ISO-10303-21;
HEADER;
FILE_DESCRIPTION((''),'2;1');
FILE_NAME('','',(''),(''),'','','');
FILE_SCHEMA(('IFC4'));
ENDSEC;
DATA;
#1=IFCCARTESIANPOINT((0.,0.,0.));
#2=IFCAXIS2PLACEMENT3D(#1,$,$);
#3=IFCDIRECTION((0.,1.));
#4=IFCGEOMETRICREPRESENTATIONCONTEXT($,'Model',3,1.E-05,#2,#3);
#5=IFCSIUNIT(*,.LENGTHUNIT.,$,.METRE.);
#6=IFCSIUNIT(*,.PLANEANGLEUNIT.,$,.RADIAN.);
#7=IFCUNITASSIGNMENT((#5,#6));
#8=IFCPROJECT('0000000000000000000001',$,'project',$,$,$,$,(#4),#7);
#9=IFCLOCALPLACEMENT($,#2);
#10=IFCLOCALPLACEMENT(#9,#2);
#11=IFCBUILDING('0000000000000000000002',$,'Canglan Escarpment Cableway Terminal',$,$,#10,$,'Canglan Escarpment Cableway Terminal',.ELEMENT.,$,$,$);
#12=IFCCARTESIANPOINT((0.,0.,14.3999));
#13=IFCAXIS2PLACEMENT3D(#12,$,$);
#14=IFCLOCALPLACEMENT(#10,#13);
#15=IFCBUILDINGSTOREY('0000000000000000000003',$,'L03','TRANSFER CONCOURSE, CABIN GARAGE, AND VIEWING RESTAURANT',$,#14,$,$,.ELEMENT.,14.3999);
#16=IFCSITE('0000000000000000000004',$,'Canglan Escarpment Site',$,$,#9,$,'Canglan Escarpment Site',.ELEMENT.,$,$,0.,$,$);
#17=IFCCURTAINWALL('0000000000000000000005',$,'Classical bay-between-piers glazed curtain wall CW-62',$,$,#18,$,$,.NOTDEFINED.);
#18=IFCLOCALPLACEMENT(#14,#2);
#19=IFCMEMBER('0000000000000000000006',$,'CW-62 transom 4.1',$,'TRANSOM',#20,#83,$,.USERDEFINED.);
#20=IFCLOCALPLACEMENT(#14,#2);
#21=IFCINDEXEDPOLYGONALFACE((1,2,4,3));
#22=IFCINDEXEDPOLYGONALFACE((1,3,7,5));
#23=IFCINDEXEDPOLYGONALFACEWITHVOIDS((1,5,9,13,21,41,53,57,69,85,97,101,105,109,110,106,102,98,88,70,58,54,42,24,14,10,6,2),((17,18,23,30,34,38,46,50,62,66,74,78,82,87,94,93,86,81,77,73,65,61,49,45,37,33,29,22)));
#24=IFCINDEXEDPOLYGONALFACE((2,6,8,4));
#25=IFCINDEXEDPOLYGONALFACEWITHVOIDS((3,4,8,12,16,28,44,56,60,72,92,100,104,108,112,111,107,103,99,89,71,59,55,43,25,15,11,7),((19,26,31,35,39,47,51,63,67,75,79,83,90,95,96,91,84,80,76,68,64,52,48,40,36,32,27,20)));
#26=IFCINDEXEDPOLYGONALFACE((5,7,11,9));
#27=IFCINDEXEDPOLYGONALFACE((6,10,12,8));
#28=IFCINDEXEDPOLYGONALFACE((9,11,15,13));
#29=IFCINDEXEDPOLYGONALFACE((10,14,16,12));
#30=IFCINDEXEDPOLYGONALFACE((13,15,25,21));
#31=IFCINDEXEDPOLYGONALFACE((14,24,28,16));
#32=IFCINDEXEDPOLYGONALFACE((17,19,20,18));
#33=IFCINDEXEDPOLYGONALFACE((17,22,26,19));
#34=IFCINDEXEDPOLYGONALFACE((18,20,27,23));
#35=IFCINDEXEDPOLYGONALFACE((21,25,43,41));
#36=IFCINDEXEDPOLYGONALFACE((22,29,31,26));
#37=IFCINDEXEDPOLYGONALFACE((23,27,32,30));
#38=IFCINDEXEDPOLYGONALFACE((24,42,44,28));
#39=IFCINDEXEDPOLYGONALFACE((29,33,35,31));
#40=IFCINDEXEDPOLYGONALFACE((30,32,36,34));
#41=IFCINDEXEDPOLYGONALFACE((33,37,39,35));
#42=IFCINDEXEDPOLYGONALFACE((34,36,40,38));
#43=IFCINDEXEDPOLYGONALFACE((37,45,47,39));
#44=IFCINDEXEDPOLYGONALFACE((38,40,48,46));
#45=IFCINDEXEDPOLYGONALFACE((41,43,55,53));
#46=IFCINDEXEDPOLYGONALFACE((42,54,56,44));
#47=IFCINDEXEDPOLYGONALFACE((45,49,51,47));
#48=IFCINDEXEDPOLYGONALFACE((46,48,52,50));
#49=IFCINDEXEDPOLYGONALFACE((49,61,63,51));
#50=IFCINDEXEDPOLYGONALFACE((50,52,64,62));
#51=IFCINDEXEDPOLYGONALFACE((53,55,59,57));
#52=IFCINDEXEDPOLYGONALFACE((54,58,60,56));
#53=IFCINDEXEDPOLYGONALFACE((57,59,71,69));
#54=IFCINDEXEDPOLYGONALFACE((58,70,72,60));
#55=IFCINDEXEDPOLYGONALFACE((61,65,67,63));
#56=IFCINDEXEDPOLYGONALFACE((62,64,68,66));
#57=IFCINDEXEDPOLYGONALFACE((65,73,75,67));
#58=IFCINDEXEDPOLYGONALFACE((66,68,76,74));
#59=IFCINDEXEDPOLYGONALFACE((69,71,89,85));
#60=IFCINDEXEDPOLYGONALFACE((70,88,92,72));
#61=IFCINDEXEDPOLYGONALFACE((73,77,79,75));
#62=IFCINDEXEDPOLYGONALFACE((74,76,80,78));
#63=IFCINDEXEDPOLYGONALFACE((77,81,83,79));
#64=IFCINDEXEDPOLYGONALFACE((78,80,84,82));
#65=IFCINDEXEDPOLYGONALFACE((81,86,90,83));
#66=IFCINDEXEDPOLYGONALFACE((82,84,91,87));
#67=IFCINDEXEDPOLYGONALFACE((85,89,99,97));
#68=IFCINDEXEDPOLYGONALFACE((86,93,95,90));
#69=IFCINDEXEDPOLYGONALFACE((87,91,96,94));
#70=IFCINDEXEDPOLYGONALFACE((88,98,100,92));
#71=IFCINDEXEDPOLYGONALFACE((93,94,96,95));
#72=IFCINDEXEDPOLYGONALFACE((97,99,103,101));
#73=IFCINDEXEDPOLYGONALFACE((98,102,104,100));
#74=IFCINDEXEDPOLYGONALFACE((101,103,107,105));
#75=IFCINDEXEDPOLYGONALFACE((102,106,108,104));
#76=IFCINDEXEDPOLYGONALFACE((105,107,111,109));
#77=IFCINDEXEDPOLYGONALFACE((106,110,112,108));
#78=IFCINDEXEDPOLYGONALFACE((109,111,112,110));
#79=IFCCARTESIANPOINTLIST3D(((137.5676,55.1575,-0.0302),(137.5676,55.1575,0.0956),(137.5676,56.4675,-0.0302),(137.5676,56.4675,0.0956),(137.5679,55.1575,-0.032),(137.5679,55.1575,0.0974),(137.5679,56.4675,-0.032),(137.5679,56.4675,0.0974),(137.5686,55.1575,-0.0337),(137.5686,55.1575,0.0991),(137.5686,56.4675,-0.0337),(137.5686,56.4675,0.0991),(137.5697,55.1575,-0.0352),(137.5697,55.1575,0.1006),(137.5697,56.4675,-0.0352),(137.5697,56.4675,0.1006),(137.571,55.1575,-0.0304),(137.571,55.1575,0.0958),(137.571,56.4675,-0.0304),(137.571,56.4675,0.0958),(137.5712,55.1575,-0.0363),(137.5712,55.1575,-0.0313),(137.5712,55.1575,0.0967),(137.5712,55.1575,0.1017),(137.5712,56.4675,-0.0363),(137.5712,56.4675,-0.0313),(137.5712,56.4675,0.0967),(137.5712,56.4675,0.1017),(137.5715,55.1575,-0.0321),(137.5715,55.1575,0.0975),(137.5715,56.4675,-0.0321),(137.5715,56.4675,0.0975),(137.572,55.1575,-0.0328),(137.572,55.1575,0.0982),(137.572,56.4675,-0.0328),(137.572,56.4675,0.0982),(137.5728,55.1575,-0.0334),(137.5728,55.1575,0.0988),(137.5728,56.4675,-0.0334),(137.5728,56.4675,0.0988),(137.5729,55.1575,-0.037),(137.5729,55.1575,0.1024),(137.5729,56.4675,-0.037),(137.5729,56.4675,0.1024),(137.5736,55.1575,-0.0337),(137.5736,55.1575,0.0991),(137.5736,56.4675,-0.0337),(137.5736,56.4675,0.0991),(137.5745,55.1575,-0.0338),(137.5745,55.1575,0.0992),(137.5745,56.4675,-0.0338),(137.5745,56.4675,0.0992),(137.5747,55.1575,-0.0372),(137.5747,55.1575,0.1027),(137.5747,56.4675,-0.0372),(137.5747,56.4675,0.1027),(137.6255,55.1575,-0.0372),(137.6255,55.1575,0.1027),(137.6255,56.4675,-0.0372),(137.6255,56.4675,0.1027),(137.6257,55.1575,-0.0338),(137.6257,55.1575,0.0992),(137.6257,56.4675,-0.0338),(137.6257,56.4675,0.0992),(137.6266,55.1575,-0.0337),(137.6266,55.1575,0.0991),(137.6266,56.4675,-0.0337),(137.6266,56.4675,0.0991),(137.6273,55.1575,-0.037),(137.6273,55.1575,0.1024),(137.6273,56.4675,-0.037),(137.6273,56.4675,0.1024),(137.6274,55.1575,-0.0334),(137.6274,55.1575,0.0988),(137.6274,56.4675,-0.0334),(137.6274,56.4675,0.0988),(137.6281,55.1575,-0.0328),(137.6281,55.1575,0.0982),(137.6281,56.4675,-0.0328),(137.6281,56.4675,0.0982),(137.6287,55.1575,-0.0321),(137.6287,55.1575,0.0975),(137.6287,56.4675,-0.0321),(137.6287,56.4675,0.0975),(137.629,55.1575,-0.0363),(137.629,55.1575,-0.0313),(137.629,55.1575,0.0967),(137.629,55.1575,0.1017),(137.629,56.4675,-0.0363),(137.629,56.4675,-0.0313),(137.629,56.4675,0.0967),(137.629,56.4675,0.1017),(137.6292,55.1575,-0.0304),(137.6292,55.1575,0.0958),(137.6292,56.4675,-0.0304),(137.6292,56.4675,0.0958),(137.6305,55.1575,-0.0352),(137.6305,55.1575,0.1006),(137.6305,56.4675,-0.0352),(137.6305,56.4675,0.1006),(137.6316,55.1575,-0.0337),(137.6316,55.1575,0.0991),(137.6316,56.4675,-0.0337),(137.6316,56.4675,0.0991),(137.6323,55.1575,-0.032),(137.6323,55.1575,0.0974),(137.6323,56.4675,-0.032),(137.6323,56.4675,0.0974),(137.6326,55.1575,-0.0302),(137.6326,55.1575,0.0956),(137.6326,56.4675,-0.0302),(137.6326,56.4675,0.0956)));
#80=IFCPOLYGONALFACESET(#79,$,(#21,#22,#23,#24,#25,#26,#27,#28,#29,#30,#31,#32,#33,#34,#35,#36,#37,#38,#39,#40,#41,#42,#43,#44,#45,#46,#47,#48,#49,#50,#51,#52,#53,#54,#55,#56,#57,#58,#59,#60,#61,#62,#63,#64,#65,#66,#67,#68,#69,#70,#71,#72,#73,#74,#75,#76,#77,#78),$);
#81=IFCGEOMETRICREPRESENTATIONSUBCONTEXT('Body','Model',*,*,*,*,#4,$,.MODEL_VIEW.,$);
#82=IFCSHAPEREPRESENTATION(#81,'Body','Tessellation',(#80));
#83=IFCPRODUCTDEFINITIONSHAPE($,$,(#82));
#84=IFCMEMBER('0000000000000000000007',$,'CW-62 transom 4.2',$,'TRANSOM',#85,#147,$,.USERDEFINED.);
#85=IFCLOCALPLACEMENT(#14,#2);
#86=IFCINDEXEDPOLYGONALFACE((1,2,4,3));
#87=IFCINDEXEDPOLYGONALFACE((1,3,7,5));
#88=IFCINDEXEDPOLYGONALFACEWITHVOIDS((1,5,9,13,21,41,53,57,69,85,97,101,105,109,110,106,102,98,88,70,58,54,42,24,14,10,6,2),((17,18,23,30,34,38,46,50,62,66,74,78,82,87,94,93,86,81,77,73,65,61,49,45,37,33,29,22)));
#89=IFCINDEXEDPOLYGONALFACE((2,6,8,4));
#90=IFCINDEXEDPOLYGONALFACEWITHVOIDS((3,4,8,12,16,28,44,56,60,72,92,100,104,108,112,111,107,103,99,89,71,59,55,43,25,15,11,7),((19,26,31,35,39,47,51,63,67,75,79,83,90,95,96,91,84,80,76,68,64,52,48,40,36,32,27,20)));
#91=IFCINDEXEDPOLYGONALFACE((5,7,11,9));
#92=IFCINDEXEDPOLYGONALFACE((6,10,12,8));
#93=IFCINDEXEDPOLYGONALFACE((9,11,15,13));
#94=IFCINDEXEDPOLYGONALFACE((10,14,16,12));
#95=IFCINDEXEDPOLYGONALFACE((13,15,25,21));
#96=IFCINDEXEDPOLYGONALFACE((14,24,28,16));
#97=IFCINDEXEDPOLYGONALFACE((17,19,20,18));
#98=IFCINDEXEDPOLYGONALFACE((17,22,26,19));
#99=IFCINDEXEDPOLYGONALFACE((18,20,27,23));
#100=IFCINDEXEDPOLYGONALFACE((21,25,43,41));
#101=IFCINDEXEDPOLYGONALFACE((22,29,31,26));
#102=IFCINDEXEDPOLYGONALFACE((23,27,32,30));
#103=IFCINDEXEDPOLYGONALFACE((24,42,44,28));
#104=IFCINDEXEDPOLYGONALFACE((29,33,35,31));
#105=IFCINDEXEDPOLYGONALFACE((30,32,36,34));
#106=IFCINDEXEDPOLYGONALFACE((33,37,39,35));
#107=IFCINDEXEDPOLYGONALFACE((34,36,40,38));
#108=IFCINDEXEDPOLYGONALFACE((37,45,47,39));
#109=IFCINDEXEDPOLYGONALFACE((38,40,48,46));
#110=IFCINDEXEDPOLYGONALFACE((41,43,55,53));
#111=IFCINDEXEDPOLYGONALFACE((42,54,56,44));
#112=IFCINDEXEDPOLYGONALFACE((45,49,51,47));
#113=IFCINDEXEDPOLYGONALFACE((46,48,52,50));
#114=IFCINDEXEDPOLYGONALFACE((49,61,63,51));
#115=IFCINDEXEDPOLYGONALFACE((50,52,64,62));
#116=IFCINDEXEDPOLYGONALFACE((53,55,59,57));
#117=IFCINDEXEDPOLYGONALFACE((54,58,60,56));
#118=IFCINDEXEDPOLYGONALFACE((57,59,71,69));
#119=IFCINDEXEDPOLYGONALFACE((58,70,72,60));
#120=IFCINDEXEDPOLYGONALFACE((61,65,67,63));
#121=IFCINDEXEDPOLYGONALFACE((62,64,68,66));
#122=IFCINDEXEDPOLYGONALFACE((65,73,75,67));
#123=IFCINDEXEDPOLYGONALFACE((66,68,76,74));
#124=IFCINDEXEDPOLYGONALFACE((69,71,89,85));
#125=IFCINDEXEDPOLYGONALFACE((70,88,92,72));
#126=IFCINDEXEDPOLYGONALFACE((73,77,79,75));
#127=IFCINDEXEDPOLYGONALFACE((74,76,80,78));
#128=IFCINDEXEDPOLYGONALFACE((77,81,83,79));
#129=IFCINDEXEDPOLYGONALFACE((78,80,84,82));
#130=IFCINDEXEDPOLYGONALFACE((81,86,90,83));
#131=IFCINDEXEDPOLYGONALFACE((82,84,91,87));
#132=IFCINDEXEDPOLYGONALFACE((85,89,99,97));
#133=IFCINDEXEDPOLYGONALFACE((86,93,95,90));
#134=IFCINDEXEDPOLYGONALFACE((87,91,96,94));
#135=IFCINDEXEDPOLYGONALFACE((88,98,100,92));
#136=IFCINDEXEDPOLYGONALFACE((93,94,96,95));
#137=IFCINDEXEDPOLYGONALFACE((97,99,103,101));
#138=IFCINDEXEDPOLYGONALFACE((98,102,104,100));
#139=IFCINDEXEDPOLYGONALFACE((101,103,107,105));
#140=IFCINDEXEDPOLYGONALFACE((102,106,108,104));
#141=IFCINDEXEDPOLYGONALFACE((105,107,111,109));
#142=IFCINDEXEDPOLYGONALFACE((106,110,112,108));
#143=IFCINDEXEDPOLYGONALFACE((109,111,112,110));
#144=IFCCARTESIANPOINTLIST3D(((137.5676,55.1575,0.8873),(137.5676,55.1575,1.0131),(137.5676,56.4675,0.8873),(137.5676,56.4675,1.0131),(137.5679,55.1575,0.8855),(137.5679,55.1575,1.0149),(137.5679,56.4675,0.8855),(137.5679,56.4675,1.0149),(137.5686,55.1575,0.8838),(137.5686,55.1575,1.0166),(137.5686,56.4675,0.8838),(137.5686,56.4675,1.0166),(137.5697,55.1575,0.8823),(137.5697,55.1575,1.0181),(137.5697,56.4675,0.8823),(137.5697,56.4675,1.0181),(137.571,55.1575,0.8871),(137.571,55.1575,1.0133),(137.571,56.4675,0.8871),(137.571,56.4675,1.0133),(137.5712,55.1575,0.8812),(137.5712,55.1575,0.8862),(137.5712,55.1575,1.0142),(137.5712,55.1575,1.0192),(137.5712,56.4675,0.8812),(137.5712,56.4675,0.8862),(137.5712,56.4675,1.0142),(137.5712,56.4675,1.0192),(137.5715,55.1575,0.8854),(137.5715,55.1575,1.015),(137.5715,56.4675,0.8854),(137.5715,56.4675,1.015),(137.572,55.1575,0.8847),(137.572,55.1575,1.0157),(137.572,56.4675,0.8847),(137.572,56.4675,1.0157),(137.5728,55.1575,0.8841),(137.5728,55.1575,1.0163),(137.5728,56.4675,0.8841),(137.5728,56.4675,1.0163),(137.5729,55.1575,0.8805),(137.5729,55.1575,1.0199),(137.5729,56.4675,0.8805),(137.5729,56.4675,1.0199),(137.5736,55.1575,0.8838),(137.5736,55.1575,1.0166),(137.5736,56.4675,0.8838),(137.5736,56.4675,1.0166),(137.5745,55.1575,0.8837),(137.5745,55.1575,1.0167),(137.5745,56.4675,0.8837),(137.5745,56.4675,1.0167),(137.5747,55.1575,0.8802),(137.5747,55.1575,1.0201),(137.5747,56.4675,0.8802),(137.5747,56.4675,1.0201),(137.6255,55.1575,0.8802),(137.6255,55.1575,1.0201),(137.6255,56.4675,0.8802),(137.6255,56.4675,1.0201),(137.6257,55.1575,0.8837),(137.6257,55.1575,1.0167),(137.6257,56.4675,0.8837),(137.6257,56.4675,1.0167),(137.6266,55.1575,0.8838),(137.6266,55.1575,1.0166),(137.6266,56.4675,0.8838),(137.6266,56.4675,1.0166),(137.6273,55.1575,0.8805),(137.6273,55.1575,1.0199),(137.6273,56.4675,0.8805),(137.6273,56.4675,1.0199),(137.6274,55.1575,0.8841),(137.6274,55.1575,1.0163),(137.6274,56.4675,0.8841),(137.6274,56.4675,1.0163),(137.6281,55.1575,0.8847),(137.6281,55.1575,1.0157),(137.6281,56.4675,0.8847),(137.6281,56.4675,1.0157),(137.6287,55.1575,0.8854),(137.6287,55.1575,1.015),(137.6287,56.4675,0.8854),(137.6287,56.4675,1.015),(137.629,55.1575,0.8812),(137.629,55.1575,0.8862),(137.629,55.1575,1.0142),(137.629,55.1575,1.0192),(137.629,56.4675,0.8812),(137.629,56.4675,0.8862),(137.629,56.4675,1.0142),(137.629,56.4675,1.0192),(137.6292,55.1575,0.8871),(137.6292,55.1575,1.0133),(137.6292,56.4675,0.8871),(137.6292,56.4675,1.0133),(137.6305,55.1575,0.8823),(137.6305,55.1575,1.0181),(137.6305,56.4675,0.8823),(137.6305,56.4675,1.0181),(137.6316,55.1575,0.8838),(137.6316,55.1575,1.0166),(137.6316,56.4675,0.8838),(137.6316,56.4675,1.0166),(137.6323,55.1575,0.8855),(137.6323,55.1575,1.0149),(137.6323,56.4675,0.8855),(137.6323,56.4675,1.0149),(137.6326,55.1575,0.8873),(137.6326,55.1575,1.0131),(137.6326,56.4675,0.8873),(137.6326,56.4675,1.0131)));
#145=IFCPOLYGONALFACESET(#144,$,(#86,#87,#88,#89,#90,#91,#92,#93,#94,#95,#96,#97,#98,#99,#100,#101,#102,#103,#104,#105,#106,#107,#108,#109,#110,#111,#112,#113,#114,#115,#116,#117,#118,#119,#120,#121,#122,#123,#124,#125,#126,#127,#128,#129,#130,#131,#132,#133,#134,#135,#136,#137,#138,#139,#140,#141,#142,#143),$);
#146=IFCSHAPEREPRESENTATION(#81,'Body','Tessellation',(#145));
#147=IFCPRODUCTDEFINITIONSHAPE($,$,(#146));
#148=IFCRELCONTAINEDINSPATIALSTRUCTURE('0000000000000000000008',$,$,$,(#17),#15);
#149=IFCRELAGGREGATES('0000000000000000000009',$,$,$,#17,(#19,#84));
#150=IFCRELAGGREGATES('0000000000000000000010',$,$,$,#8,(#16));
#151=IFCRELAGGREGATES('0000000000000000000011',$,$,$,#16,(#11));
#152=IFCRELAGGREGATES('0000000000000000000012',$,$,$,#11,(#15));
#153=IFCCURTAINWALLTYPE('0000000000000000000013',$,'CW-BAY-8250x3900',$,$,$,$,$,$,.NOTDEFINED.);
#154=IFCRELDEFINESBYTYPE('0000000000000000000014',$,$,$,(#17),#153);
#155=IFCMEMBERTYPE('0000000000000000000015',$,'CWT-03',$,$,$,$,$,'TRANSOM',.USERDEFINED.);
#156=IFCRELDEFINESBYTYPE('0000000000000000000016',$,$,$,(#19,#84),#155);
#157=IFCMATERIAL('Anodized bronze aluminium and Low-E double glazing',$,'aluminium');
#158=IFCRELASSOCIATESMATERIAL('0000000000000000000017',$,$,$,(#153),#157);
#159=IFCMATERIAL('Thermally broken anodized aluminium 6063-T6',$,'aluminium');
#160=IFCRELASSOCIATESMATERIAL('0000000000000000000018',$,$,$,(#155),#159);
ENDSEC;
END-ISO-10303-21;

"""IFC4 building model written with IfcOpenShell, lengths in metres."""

from ifc_helpers import new_model, si_unit, direction, frame, origin, origin_2d, place, context, subcontext, project, spatial, hollow_rectangle, extrude, material, material_profile, profile_set, type_object, element, aggregate, save


model = new_model("IFC4")

# Units and contexts
model_context = context("Model", 3, precision=1e-05, world=origin(), true_north=direction((0.0, 1.0)))
body_context = subcontext(model_context, "Body", "Model", "MODEL_VIEW")
ifc_project = project(units=[si_unit("LENGTHUNIT", "METRE"), si_unit("PLANEANGLEUNIT", "RADIAN")], contexts=[model_context])

# Site, building, storey
site_placement = place(None, origin())
site = spatial("IfcSite", under=ifc_project, at=site_placement, Name="Canglan Escarpment Site", LongName="Canglan Escarpment Site", CompositionType="ELEMENT", RefElevation=0.0)
building_placement = place(site_placement, origin())
building = spatial("IfcBuilding", under=site, at=building_placement, Name="Canglan Escarpment Cableway Terminal", LongName="Canglan Escarpment Cableway Terminal", CompositionType="ELEMENT")
storey_placement = place(building_placement, frame((0.0, 0.0, 14.3999)))
storey = spatial("IfcBuildingStorey", under=building, at=storey_placement, Name="L03", Description="TRANSFER CONCOURSE, CABIN GARAGE, AND VIEWING RESTAURANT", CompositionType="ELEMENT", Elevation=14.3999)

# Curtain wall, members
ifc_material_1 = material(Name="Anodized bronze aluminium and Low-E double glazing", Category="aluminium")
curtain_wall_type = type_object("IfcCurtainWallType", Name="CW-BAY-8250x3900", PredefinedType="NOTDEFINED", material=ifc_material_1)
curtain_wall_placement = place(storey_placement, origin())
curtain_wall = element("IfcCurtainWall", 1, at=curtain_wall_placement, inside=storey, type_object=curtain_wall_type, Name="Classical bay-between-piers glazed curtain wall CW-62", PredefinedType="NOTDEFINED")
ifc_material_2 = material(Name="Thermally broken anodized aluminium 6063-T6", Category="aluminium")
ifc_material_profile_1 = material_profile(ifc_material_2, hollow_rectangle(XDim=0.0649, YDim=0.1399, WallThickness=0.0034, InnerFilletRadius=0.0034, OuterFilletRadius=0.0071, at=origin_2d()), Name="ALU-TRAN 65x140x3.5")
ifc_profile_set_1 = profile_set([ifc_material_profile_1], Name="Thermally broken anodized aluminium 6063-T6")
member_type_1 = type_object("IfcMemberType", Name="CWT-03", ElementType="TRANSOM", PredefinedType="USERDEFINED", material=ifc_profile_set_1)
member_1_placement = place(storey_placement, frame((137.6001, 56.4675, 0.0327), z_axis=(0.0, -1.0, 0.0), x_axis=(1.0, 0.0, 0.0)))
member_1 = element("IfcMember", 2, at=member_1_placement, type_object=member_type_1, Name="CW-62 transom 4.1", ObjectType="TRANSOM", PredefinedType="USERDEFINED", context=body_context, shape_type="SweptSolid", body=[
    extrude(hollow_rectangle(XDim=0.0649, YDim=0.1399, WallThickness=0.0034, InnerFilletRadius=0.0034, OuterFilletRadius=0.0071, at=origin_2d()), origin(), (0.0, 0.0, 1.0), 1.3101),
])
member_2_placement = place(storey_placement, frame((137.6001, 56.4675, 0.9502), z_axis=(0.0, -1.0, 0.0), x_axis=(1.0, 0.0, 0.0)))
member_2 = element("IfcMember", 3, at=member_2_placement, type_object=member_type_1, Name="CW-62 transom 4.2", ObjectType="TRANSOM", PredefinedType="USERDEFINED", context=body_context, shape_type="SweptSolid", body=[
    extrude(hollow_rectangle(XDim=0.0649, YDim=0.1399, WallThickness=0.0034, InnerFilletRadius=0.0034, OuterFilletRadius=0.0071, at=origin_2d()), origin(), (0.0, 0.0, 1.0), 1.3101),
])
aggregate(curtain_wall, [member_1, member_2])

save(model, "model.ifc")
